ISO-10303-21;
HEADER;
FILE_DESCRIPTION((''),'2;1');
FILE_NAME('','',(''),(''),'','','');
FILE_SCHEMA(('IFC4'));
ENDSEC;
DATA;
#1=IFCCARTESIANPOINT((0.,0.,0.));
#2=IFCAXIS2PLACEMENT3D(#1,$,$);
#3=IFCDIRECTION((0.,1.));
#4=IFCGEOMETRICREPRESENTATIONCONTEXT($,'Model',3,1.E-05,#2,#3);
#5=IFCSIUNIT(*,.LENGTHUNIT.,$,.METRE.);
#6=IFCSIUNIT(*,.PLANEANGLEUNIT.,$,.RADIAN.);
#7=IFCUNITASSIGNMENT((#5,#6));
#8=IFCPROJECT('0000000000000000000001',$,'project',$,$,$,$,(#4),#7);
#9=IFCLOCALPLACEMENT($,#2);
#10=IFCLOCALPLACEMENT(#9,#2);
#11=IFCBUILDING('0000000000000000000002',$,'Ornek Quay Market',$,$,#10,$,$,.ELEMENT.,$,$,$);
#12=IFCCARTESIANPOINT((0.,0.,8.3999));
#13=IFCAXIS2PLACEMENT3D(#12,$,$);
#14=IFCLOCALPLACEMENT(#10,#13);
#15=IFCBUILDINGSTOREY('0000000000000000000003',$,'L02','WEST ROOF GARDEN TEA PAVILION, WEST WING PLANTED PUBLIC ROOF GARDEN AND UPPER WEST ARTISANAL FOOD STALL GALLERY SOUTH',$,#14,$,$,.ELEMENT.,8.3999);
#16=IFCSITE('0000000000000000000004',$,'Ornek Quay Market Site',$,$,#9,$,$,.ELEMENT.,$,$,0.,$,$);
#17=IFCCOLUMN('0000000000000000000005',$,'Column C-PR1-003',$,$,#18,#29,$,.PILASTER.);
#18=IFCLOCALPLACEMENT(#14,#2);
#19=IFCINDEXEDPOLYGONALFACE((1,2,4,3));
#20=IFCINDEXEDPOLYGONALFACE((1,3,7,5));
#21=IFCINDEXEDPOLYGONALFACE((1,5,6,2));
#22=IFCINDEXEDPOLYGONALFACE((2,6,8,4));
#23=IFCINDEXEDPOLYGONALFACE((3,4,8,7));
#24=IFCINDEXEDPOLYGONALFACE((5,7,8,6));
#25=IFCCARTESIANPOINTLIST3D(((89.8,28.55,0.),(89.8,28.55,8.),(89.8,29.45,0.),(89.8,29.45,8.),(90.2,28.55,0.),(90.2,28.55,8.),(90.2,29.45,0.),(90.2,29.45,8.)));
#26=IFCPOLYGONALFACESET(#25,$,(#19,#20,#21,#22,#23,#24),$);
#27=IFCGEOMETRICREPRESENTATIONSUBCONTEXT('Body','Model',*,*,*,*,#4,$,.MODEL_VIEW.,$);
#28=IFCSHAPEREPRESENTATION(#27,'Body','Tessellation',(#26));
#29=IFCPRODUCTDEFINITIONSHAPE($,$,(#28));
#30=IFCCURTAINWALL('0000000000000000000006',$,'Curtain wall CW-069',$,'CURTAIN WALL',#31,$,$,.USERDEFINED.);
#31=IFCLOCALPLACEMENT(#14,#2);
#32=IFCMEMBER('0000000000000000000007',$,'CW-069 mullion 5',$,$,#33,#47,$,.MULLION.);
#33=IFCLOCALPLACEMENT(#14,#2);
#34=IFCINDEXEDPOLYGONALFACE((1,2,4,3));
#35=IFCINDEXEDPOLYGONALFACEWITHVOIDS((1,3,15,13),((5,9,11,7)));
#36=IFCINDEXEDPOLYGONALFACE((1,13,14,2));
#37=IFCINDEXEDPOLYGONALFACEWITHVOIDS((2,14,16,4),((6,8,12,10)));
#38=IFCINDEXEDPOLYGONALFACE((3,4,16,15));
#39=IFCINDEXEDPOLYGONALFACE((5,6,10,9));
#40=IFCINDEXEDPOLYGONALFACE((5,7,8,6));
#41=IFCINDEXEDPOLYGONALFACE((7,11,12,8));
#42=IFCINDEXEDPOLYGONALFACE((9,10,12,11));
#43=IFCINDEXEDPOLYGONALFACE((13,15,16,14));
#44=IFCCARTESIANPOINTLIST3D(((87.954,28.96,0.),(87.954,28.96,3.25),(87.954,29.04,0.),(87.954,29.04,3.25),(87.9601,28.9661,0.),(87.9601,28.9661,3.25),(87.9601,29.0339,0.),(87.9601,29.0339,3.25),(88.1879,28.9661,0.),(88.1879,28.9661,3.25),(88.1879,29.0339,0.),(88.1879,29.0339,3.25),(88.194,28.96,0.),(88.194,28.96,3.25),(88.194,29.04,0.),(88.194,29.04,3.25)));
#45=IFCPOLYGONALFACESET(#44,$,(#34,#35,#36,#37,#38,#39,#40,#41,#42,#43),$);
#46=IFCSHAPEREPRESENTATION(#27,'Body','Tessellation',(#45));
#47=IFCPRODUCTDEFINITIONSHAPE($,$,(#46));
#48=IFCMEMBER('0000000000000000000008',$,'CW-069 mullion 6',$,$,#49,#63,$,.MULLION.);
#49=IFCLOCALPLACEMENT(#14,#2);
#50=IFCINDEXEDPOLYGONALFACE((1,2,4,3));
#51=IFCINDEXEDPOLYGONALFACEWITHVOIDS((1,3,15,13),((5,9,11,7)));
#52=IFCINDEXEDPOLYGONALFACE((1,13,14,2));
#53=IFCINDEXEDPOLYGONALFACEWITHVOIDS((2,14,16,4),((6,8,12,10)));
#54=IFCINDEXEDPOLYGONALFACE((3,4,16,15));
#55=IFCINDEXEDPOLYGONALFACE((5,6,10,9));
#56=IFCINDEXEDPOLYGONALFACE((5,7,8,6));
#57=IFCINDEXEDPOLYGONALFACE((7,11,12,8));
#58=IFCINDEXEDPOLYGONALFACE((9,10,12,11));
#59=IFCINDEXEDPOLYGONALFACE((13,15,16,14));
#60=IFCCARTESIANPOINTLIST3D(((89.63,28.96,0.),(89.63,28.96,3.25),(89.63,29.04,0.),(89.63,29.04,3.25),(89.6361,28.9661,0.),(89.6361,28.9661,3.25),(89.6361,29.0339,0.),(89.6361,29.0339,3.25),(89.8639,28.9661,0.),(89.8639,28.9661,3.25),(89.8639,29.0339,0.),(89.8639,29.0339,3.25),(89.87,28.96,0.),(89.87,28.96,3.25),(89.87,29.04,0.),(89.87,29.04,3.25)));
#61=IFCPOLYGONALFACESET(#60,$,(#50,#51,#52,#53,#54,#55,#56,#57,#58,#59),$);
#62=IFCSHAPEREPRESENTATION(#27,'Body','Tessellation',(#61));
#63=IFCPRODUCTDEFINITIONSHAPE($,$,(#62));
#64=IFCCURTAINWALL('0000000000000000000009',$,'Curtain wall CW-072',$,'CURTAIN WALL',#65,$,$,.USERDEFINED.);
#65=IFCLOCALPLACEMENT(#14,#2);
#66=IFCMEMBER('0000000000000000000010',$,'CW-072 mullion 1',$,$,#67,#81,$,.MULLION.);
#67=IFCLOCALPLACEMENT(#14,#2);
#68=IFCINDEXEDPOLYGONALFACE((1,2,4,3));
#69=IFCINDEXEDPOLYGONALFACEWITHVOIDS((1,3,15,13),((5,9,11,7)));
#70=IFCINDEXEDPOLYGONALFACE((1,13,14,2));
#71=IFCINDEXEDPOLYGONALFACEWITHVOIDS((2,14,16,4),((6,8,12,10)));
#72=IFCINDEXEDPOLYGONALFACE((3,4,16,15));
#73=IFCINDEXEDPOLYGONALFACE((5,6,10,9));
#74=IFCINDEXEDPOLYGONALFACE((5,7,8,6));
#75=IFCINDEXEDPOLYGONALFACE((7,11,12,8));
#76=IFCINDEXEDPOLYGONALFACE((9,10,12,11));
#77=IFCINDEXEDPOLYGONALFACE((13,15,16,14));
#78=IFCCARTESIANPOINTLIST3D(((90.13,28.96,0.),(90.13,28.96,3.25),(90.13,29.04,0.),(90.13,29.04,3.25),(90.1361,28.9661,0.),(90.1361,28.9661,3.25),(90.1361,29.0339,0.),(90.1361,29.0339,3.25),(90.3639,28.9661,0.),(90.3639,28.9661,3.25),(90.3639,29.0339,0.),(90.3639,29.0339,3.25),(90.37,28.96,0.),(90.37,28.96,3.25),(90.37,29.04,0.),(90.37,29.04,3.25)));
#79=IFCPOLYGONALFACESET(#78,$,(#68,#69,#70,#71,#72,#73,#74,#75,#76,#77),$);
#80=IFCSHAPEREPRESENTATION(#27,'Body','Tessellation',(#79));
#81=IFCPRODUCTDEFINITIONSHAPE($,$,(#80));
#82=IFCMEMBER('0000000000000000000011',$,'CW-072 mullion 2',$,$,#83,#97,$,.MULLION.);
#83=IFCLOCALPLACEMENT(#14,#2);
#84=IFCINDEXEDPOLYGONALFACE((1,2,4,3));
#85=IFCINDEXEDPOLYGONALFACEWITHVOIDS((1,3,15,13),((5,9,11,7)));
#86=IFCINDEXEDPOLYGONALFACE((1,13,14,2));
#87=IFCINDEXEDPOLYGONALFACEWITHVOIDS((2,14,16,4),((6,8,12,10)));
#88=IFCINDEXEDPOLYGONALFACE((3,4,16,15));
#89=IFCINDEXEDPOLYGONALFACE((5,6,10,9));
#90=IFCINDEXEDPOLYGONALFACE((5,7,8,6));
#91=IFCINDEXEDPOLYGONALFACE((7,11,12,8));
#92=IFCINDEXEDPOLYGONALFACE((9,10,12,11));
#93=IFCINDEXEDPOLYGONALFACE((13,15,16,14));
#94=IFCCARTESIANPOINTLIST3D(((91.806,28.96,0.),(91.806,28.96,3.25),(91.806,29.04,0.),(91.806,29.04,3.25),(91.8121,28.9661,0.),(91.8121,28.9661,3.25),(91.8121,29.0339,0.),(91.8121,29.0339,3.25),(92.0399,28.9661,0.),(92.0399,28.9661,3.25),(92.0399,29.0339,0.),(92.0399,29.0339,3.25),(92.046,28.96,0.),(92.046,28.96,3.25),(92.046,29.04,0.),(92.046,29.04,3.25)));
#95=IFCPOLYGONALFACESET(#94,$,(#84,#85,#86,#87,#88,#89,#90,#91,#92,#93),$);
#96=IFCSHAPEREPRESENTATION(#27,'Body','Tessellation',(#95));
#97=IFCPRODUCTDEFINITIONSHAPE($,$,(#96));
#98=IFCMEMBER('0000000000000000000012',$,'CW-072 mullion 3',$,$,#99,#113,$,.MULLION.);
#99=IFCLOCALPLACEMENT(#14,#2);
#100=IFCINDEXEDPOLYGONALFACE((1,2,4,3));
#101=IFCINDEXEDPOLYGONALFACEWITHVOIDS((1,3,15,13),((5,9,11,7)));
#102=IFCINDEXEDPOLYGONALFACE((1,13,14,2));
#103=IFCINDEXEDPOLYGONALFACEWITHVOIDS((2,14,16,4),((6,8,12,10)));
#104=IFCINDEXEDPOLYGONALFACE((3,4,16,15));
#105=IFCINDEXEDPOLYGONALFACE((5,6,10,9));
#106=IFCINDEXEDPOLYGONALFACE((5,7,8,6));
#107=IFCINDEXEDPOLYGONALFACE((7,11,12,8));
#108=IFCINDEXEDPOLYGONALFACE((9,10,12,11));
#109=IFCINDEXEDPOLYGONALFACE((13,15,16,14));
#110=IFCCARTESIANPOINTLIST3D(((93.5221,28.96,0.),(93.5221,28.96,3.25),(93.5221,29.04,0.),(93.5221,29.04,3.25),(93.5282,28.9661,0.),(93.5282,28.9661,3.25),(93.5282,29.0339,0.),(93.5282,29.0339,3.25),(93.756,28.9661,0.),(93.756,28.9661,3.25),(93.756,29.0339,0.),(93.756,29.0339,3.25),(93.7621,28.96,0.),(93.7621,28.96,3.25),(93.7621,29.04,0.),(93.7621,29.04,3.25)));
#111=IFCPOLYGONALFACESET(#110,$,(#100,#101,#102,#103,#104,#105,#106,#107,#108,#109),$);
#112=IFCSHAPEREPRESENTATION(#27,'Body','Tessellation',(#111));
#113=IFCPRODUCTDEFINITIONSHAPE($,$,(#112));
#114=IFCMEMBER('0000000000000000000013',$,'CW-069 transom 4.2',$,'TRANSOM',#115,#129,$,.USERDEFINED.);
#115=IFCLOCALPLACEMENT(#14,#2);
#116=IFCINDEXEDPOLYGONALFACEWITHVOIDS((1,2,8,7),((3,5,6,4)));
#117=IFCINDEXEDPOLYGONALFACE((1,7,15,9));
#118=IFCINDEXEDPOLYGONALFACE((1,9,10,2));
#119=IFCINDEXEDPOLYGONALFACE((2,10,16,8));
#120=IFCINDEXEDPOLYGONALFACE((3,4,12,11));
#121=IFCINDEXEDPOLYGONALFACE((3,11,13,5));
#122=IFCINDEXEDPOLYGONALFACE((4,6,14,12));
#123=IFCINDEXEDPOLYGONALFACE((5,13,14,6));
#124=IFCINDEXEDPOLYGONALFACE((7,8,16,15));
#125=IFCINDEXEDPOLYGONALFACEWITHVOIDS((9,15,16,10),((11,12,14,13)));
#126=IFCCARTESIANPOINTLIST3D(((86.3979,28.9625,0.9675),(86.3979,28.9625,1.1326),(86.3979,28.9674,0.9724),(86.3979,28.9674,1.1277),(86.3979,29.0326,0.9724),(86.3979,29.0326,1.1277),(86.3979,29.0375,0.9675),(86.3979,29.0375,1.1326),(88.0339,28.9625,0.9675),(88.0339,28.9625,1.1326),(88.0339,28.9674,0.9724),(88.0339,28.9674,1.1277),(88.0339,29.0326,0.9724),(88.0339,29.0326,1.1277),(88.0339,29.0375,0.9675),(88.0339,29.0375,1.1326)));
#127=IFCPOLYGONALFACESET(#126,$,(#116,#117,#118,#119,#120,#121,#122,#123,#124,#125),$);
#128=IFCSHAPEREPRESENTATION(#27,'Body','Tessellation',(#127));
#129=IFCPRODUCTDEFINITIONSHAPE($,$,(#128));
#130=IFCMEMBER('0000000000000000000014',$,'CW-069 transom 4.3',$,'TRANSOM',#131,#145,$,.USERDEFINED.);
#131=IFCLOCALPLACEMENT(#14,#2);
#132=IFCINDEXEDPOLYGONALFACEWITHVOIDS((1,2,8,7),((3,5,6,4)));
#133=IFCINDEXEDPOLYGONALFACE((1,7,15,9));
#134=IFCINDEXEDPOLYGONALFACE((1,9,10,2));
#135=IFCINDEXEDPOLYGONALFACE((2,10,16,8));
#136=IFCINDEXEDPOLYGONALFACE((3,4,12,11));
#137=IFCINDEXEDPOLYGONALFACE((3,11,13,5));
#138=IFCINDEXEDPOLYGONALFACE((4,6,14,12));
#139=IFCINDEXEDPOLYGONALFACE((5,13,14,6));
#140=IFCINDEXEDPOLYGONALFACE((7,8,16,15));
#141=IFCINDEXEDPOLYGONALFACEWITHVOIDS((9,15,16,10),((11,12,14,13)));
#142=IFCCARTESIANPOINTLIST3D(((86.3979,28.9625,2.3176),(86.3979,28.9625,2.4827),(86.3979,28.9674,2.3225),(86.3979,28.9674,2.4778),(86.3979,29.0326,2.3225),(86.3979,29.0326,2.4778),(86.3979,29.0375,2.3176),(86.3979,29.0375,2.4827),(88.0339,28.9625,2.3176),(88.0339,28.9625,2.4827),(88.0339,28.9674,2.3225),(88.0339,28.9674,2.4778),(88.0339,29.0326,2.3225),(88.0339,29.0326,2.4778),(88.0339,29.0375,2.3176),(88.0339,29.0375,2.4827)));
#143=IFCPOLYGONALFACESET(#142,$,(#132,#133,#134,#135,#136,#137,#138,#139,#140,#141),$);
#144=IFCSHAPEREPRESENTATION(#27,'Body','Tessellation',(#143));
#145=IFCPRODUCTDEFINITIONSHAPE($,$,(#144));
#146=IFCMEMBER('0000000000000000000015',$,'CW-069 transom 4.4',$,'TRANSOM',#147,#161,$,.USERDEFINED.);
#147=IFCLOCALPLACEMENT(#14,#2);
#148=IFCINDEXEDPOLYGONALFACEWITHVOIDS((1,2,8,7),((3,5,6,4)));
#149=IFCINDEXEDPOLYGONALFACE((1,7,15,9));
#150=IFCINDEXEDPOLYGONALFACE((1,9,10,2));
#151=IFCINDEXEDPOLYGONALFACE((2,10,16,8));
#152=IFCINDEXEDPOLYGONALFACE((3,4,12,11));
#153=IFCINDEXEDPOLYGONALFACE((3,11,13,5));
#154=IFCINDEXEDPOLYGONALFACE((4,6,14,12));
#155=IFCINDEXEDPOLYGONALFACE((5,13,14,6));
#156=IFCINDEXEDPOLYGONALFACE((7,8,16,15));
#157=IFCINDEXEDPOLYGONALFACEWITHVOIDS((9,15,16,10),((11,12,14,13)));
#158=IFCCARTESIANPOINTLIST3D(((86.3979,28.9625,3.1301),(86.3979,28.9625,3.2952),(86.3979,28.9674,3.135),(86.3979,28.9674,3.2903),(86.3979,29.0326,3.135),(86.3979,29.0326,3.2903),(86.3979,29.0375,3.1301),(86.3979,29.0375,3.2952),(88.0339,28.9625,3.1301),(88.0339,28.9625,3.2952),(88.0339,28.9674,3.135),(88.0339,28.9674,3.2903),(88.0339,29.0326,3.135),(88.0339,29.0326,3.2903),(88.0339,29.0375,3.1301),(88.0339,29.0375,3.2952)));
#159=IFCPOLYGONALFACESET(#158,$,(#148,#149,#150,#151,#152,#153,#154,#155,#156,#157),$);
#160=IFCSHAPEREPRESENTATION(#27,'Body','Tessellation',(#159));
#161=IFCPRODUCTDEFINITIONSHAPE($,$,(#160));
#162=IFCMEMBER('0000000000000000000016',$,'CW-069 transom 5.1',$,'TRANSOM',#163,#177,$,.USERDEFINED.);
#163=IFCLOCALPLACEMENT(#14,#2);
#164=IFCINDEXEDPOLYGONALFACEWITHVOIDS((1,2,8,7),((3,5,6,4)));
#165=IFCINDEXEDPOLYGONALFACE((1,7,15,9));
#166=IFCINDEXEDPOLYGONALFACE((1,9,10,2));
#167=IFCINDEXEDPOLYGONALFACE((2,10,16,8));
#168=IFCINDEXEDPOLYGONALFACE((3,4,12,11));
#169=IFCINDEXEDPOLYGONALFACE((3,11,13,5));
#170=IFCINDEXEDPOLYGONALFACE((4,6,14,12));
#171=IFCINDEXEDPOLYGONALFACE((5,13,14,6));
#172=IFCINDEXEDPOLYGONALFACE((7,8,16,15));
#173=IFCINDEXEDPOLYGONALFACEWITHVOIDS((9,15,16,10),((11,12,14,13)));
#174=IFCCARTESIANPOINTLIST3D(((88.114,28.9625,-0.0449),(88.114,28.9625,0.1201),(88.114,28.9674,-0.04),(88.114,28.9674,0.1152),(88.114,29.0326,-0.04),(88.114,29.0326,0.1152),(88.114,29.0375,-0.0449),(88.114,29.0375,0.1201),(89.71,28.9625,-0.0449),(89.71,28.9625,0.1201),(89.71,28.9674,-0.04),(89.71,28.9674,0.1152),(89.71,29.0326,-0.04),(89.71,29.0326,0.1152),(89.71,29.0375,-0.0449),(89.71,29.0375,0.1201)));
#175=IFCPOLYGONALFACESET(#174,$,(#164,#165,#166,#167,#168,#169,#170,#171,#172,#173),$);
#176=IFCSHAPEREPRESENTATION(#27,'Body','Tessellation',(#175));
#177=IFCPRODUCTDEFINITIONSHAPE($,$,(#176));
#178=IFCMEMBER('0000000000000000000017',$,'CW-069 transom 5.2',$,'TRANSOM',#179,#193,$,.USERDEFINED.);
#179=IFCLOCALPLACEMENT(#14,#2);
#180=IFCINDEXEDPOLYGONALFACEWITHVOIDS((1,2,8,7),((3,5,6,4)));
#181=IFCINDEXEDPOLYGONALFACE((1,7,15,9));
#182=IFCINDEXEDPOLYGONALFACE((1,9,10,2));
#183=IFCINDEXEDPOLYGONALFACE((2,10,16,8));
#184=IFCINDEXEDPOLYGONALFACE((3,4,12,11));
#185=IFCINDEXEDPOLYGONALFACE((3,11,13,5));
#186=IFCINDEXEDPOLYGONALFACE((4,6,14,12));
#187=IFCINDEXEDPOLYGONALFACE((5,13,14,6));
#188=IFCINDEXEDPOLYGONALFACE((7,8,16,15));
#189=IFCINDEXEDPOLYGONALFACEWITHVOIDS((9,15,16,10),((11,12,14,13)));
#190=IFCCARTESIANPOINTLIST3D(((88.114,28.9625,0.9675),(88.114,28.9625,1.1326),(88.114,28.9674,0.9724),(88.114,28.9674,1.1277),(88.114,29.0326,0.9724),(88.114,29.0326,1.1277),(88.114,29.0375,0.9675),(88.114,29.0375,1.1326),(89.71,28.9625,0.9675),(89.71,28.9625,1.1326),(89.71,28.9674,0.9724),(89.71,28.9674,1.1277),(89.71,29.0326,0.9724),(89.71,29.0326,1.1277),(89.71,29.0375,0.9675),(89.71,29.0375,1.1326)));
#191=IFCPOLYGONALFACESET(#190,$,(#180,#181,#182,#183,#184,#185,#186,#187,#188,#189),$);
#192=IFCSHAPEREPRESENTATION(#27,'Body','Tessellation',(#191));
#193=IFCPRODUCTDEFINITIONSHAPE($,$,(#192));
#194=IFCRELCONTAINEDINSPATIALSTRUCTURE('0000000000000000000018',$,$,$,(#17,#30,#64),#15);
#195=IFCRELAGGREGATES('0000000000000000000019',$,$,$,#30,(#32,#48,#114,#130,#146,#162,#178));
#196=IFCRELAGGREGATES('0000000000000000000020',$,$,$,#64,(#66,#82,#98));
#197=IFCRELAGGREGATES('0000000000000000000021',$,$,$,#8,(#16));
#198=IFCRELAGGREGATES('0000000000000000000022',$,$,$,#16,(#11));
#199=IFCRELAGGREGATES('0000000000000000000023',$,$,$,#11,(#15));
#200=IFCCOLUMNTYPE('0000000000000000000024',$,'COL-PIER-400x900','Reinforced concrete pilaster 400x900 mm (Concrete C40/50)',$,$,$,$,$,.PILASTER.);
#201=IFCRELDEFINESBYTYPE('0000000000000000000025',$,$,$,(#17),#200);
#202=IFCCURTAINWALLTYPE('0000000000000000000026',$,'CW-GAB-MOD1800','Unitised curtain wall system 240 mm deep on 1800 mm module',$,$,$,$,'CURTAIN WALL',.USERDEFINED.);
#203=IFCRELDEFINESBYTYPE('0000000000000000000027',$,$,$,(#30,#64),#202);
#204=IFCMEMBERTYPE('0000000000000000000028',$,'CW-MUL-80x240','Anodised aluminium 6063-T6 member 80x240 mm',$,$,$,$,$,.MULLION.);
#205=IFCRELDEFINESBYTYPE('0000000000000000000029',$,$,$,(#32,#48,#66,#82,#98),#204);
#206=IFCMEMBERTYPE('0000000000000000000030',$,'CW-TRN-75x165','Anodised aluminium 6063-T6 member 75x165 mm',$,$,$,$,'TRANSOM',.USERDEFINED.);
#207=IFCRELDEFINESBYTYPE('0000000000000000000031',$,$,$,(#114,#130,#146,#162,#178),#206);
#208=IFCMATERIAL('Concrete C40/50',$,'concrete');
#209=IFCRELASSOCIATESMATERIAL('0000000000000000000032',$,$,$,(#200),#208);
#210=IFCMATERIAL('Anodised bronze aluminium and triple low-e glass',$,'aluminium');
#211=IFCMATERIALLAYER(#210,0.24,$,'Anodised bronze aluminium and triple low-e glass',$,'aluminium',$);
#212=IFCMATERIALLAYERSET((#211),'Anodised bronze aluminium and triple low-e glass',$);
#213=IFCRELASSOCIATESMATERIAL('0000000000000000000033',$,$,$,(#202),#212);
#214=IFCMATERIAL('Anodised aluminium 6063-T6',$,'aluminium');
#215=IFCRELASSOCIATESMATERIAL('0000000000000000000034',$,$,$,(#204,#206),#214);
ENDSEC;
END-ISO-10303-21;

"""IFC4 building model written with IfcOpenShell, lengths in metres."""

from ifc_helpers import new_model, si_unit, direction, frame, origin, origin_2d, place, context, subcontext, project, spatial, rectangle, hollow_rectangle, extrude, material, layer, layer_set, material_profile, profile_set, type_object, element, aggregate, save


model = new_model("IFC4")

# Units and contexts
model_context = context("Model", 3, precision=1e-05, world=origin(), true_north=direction((0.0, 1.0)))
body_context = subcontext(model_context, "Body", "Model", "MODEL_VIEW")
ifc_project = project(units=[si_unit("LENGTHUNIT", "METRE"), si_unit("PLANEANGLEUNIT", "RADIAN")], contexts=[model_context])

# Site, building, storey
site_placement = place(None, origin())
site = spatial("IfcSite", under=ifc_project, at=site_placement, Name="Ornek Quay Market Site", CompositionType="ELEMENT", RefElevation=0.0)
building_placement = place(site_placement, origin())
building = spatial("IfcBuilding", under=site, at=building_placement, Name="Ornek Quay Market", CompositionType="ELEMENT")
storey_placement = place(building_placement, frame((0.0, 0.0, 8.3999)))
storey = spatial("IfcBuildingStorey", under=building, at=storey_placement, Name="L02", Description="WEST ROOF GARDEN TEA PAVILION, WEST WING PLANTED PUBLIC ROOF GARDEN AND UPPER WEST ARTISANAL FOOD STALL GALLERY SOUTH", CompositionType="ELEMENT", Elevation=8.3999)

# Column
ifc_material_1 = material(Name="Concrete C40/50", Category="concrete")
ifc_material_profile_1 = material_profile(ifc_material_1, rectangle(XDim=0.3999, YDim=0.8999, at=origin_2d()), Name="RC 400x900", Category="concrete")
ifc_profile_set_1 = profile_set([ifc_material_profile_1], Name="Concrete C40/50")
column_type = type_object("IfcColumnType", Name="COL-PIER-400x900", Description="Reinforced concrete pilaster 400x900 mm (Concrete C40/50)", PredefinedType="PILASTER", material=ifc_profile_set_1)
column_placement = place(storey_placement, frame((90.0, 29.0, 0.0), z_axis=(0.0, 0.0, 1.0), x_axis=(1.0, 0.0, 0.0)))
element("IfcColumn", 1, at=column_placement, inside=storey, type_object=column_type, Name="Column C-PR1-003", PredefinedType="PILASTER", context=body_context, shape_type="SweptSolid", body=[
    extrude(rectangle(XDim=0.3999, YDim=0.8999, at=origin_2d()), origin(), (0.0, 0.0, 1.0), 8.0),
])

# Curtain walls, members
ifc_material_2 = material(Name="Anodised bronze aluminium and triple low-e glass", Category="aluminium")
ifc_layer_1 = layer(ifc_material_2, 0.24, Name="Anodised bronze aluminium and triple low-e glass", Category="aluminium")
ifc_layer_set_1 = layer_set([ifc_layer_1], Name="Anodised bronze aluminium and triple low-e glass")
curtain_wall_type = type_object("IfcCurtainWallType", Name="CW-GAB-MOD1800", Description="Unitised curtain wall system 240 mm deep on 1800 mm module", ElementType="CURTAIN WALL", PredefinedType="USERDEFINED", material=ifc_layer_set_1)
curtain_wall_1_placement = place(storey_placement, origin())
curtain_wall_1 = element("IfcCurtainWall", 2, at=curtain_wall_1_placement, inside=storey, type_object=curtain_wall_type, Name="Curtain wall CW-069", ObjectType="CURTAIN WALL", PredefinedType="USERDEFINED")
ifc_material_3 = material(Name="Anodised aluminium 6063-T6", Category="aluminium")
ifc_material_profile_2 = material_profile(ifc_material_3, hollow_rectangle(XDim=0.0801, YDim=0.24, WallThickness=0.0061, at=origin_2d()), Name="CW-MUL-80x240", Category="aluminium")
ifc_profile_set_2 = profile_set([ifc_material_profile_2], Name="Anodised aluminium 6063-T6")
member_type_1 = type_object("IfcMemberType", Name="CW-MUL-80x240", Description="Anodised aluminium 6063-T6 member 80x240 mm", PredefinedType="MULLION", material=ifc_profile_set_2)
member_1_placement = place(storey_placement, frame((88.074, 29.0, 0.0), z_axis=(0.0, 0.0, 1.0), x_axis=(0.0, 1.0, 0.0)))
member_1 = element("IfcMember", 3, at=member_1_placement, type_object=member_type_1, Name="CW-069 mullion 5", PredefinedType="MULLION", context=body_context, shape_type="SweptSolid", body=[
    extrude(hollow_rectangle(XDim=0.0801, YDim=0.24, WallThickness=0.0061, at=origin_2d()), origin(), (0.0, 0.0, 1.0), 3.25),
])
member_2_placement = place(storey_placement, frame((89.75, 29.0, 0.0), z_axis=(0.0, 0.0, 1.0), x_axis=(0.0, 1.0, 0.0)))
member_2 = element("IfcMember", 4, at=member_2_placement, type_object=member_type_1, Name="CW-069 mullion 6", PredefinedType="MULLION", context=body_context, shape_type="SweptSolid", body=[
    extrude(hollow_rectangle(XDim=0.0801, YDim=0.24, WallThickness=0.0061, at=origin_2d()), origin(), (0.0, 0.0, 1.0), 3.25),
])
curtain_wall_2_placement = place(storey_placement, origin())
curtain_wall_2 = element("IfcCurtainWall", 5, at=curtain_wall_2_placement, inside=storey, type_object=curtain_wall_type, Name="Curtain wall CW-072", ObjectType="CURTAIN WALL", PredefinedType="USERDEFINED")
member_3_placement = place(storey_placement, frame((90.25, 29.0, 0.0), z_axis=(0.0, 0.0, 1.0), x_axis=(0.0, 1.0, 0.0)))
member_3 = element("IfcMember", 6, at=member_3_placement, type_object=member_type_1, Name="CW-072 mullion 1", PredefinedType="MULLION", context=body_context, shape_type="SweptSolid", body=[
    extrude(hollow_rectangle(XDim=0.0801, YDim=0.24, WallThickness=0.0061, at=origin_2d()), origin(), (0.0, 0.0, 1.0), 3.25),
])
member_4_placement = place(storey_placement, frame((91.926, 29.0, 0.0), z_axis=(0.0, 0.0, 1.0), x_axis=(0.0, 1.0, 0.0)))
member_4 = element("IfcMember", 7, at=member_4_placement, type_object=member_type_1, Name="CW-072 mullion 2", PredefinedType="MULLION", context=body_context, shape_type="SweptSolid", body=[
    extrude(hollow_rectangle(XDim=0.0801, YDim=0.24, WallThickness=0.0061, at=origin_2d()), origin(), (0.0, 0.0, 1.0), 3.25),
])
member_5_placement = place(storey_placement, frame((93.6421, 29.0, 0.0), z_axis=(0.0, 0.0, 1.0), x_axis=(0.0, 1.0, 0.0)))
member_5 = element("IfcMember", 8, at=member_5_placement, type_object=member_type_1, Name="CW-072 mullion 3", PredefinedType="MULLION", context=body_context, shape_type="SweptSolid", body=[
    extrude(hollow_rectangle(XDim=0.0801, YDim=0.24, WallThickness=0.0061, at=origin_2d()), origin(), (0.0, 0.0, 1.0), 3.25),
])

# Members
ifc_material_profile_3 = material_profile(ifc_material_3, hollow_rectangle(XDim=0.075, YDim=0.165, WallThickness=0.0049, at=origin_2d()), Name="CW-TRN-75x165", Category="aluminium")
ifc_profile_set_3 = profile_set([ifc_material_profile_3], Name="Anodised aluminium 6063-T6")
member_type_2 = type_object("IfcMemberType", Name="CW-TRN-75x165", Description="Anodised aluminium 6063-T6 member 75x165 mm", ElementType="TRANSOM", PredefinedType="USERDEFINED", material=ifc_profile_set_3)
member_6_placement = place(storey_placement, frame((86.3979, 29.0, 1.05), z_axis=(1.0, 0.0, 0.0), x_axis=(0.0, 1.0, 0.0)))
member_6 = element("IfcMember", 9, at=member_6_placement, type_object=member_type_2, Name="CW-069 transom 4.2", ObjectType="TRANSOM", PredefinedType="USERDEFINED", context=body_context, shape_type="SweptSolid", body=[
    extrude(hollow_rectangle(XDim=0.075, YDim=0.165, WallThickness=0.0049, at=origin_2d()), origin(), (0.0, 0.0, 1.0), 1.636),
])
member_7_placement = place(storey_placement, frame((86.3979, 29.0, 2.4001), z_axis=(1.0, 0.0, 0.0), x_axis=(0.0, 1.0, 0.0)))
member_7 = element("IfcMember", 10, at=member_7_placement, type_object=member_type_2, Name="CW-069 transom 4.3", ObjectType="TRANSOM", PredefinedType="USERDEFINED", context=body_context, shape_type="SweptSolid", body=[
    extrude(hollow_rectangle(XDim=0.075, YDim=0.165, WallThickness=0.0049, at=origin_2d()), origin(), (0.0, 0.0, 1.0), 1.636),
])
member_8_placement = place(storey_placement, frame((86.3979, 29.0, 3.2126), z_axis=(1.0, 0.0, 0.0), x_axis=(0.0, 1.0, 0.0)))
member_8 = element("IfcMember", 11, at=member_8_placement, type_object=member_type_2, Name="CW-069 transom 4.4", ObjectType="TRANSOM", PredefinedType="USERDEFINED", context=body_context, shape_type="SweptSolid", body=[
    extrude(hollow_rectangle(XDim=0.075, YDim=0.165, WallThickness=0.0049, at=origin_2d()), origin(), (0.0, 0.0, 1.0), 1.636),
])
member_9_placement = place(storey_placement, frame((88.114, 29.0, 0.0376), z_axis=(1.0, 0.0, 0.0), x_axis=(0.0, 1.0, 0.0)))
member_9 = element("IfcMember", 12, at=member_9_placement, type_object=member_type_2, Name="CW-069 transom 5.1", ObjectType="TRANSOM", PredefinedType="USERDEFINED", context=body_context, shape_type="SweptSolid", body=[
    extrude(hollow_rectangle(XDim=0.075, YDim=0.165, WallThickness=0.0049, at=origin_2d()), origin(), (0.0, 0.0, 1.0), 1.5959),
])
member_10_placement = place(storey_placement, frame((88.114, 29.0, 1.05), z_axis=(1.0, 0.0, 0.0), x_axis=(0.0, 1.0, 0.0)))
member_10 = element("IfcMember", 13, at=member_10_placement, type_object=member_type_2, Name="CW-069 transom 5.2", ObjectType="TRANSOM", PredefinedType="USERDEFINED", context=body_context, shape_type="SweptSolid", body=[
    extrude(hollow_rectangle(XDim=0.075, YDim=0.165, WallThickness=0.0049, at=origin_2d()), origin(), (0.0, 0.0, 1.0), 1.5959),
])

aggregate(curtain_wall_1, [member_1, member_2, member_6, member_7, member_8, member_9, member_10])
aggregate(curtain_wall_2, [member_3, member_4, member_5])

save(model, "model.ifc")
